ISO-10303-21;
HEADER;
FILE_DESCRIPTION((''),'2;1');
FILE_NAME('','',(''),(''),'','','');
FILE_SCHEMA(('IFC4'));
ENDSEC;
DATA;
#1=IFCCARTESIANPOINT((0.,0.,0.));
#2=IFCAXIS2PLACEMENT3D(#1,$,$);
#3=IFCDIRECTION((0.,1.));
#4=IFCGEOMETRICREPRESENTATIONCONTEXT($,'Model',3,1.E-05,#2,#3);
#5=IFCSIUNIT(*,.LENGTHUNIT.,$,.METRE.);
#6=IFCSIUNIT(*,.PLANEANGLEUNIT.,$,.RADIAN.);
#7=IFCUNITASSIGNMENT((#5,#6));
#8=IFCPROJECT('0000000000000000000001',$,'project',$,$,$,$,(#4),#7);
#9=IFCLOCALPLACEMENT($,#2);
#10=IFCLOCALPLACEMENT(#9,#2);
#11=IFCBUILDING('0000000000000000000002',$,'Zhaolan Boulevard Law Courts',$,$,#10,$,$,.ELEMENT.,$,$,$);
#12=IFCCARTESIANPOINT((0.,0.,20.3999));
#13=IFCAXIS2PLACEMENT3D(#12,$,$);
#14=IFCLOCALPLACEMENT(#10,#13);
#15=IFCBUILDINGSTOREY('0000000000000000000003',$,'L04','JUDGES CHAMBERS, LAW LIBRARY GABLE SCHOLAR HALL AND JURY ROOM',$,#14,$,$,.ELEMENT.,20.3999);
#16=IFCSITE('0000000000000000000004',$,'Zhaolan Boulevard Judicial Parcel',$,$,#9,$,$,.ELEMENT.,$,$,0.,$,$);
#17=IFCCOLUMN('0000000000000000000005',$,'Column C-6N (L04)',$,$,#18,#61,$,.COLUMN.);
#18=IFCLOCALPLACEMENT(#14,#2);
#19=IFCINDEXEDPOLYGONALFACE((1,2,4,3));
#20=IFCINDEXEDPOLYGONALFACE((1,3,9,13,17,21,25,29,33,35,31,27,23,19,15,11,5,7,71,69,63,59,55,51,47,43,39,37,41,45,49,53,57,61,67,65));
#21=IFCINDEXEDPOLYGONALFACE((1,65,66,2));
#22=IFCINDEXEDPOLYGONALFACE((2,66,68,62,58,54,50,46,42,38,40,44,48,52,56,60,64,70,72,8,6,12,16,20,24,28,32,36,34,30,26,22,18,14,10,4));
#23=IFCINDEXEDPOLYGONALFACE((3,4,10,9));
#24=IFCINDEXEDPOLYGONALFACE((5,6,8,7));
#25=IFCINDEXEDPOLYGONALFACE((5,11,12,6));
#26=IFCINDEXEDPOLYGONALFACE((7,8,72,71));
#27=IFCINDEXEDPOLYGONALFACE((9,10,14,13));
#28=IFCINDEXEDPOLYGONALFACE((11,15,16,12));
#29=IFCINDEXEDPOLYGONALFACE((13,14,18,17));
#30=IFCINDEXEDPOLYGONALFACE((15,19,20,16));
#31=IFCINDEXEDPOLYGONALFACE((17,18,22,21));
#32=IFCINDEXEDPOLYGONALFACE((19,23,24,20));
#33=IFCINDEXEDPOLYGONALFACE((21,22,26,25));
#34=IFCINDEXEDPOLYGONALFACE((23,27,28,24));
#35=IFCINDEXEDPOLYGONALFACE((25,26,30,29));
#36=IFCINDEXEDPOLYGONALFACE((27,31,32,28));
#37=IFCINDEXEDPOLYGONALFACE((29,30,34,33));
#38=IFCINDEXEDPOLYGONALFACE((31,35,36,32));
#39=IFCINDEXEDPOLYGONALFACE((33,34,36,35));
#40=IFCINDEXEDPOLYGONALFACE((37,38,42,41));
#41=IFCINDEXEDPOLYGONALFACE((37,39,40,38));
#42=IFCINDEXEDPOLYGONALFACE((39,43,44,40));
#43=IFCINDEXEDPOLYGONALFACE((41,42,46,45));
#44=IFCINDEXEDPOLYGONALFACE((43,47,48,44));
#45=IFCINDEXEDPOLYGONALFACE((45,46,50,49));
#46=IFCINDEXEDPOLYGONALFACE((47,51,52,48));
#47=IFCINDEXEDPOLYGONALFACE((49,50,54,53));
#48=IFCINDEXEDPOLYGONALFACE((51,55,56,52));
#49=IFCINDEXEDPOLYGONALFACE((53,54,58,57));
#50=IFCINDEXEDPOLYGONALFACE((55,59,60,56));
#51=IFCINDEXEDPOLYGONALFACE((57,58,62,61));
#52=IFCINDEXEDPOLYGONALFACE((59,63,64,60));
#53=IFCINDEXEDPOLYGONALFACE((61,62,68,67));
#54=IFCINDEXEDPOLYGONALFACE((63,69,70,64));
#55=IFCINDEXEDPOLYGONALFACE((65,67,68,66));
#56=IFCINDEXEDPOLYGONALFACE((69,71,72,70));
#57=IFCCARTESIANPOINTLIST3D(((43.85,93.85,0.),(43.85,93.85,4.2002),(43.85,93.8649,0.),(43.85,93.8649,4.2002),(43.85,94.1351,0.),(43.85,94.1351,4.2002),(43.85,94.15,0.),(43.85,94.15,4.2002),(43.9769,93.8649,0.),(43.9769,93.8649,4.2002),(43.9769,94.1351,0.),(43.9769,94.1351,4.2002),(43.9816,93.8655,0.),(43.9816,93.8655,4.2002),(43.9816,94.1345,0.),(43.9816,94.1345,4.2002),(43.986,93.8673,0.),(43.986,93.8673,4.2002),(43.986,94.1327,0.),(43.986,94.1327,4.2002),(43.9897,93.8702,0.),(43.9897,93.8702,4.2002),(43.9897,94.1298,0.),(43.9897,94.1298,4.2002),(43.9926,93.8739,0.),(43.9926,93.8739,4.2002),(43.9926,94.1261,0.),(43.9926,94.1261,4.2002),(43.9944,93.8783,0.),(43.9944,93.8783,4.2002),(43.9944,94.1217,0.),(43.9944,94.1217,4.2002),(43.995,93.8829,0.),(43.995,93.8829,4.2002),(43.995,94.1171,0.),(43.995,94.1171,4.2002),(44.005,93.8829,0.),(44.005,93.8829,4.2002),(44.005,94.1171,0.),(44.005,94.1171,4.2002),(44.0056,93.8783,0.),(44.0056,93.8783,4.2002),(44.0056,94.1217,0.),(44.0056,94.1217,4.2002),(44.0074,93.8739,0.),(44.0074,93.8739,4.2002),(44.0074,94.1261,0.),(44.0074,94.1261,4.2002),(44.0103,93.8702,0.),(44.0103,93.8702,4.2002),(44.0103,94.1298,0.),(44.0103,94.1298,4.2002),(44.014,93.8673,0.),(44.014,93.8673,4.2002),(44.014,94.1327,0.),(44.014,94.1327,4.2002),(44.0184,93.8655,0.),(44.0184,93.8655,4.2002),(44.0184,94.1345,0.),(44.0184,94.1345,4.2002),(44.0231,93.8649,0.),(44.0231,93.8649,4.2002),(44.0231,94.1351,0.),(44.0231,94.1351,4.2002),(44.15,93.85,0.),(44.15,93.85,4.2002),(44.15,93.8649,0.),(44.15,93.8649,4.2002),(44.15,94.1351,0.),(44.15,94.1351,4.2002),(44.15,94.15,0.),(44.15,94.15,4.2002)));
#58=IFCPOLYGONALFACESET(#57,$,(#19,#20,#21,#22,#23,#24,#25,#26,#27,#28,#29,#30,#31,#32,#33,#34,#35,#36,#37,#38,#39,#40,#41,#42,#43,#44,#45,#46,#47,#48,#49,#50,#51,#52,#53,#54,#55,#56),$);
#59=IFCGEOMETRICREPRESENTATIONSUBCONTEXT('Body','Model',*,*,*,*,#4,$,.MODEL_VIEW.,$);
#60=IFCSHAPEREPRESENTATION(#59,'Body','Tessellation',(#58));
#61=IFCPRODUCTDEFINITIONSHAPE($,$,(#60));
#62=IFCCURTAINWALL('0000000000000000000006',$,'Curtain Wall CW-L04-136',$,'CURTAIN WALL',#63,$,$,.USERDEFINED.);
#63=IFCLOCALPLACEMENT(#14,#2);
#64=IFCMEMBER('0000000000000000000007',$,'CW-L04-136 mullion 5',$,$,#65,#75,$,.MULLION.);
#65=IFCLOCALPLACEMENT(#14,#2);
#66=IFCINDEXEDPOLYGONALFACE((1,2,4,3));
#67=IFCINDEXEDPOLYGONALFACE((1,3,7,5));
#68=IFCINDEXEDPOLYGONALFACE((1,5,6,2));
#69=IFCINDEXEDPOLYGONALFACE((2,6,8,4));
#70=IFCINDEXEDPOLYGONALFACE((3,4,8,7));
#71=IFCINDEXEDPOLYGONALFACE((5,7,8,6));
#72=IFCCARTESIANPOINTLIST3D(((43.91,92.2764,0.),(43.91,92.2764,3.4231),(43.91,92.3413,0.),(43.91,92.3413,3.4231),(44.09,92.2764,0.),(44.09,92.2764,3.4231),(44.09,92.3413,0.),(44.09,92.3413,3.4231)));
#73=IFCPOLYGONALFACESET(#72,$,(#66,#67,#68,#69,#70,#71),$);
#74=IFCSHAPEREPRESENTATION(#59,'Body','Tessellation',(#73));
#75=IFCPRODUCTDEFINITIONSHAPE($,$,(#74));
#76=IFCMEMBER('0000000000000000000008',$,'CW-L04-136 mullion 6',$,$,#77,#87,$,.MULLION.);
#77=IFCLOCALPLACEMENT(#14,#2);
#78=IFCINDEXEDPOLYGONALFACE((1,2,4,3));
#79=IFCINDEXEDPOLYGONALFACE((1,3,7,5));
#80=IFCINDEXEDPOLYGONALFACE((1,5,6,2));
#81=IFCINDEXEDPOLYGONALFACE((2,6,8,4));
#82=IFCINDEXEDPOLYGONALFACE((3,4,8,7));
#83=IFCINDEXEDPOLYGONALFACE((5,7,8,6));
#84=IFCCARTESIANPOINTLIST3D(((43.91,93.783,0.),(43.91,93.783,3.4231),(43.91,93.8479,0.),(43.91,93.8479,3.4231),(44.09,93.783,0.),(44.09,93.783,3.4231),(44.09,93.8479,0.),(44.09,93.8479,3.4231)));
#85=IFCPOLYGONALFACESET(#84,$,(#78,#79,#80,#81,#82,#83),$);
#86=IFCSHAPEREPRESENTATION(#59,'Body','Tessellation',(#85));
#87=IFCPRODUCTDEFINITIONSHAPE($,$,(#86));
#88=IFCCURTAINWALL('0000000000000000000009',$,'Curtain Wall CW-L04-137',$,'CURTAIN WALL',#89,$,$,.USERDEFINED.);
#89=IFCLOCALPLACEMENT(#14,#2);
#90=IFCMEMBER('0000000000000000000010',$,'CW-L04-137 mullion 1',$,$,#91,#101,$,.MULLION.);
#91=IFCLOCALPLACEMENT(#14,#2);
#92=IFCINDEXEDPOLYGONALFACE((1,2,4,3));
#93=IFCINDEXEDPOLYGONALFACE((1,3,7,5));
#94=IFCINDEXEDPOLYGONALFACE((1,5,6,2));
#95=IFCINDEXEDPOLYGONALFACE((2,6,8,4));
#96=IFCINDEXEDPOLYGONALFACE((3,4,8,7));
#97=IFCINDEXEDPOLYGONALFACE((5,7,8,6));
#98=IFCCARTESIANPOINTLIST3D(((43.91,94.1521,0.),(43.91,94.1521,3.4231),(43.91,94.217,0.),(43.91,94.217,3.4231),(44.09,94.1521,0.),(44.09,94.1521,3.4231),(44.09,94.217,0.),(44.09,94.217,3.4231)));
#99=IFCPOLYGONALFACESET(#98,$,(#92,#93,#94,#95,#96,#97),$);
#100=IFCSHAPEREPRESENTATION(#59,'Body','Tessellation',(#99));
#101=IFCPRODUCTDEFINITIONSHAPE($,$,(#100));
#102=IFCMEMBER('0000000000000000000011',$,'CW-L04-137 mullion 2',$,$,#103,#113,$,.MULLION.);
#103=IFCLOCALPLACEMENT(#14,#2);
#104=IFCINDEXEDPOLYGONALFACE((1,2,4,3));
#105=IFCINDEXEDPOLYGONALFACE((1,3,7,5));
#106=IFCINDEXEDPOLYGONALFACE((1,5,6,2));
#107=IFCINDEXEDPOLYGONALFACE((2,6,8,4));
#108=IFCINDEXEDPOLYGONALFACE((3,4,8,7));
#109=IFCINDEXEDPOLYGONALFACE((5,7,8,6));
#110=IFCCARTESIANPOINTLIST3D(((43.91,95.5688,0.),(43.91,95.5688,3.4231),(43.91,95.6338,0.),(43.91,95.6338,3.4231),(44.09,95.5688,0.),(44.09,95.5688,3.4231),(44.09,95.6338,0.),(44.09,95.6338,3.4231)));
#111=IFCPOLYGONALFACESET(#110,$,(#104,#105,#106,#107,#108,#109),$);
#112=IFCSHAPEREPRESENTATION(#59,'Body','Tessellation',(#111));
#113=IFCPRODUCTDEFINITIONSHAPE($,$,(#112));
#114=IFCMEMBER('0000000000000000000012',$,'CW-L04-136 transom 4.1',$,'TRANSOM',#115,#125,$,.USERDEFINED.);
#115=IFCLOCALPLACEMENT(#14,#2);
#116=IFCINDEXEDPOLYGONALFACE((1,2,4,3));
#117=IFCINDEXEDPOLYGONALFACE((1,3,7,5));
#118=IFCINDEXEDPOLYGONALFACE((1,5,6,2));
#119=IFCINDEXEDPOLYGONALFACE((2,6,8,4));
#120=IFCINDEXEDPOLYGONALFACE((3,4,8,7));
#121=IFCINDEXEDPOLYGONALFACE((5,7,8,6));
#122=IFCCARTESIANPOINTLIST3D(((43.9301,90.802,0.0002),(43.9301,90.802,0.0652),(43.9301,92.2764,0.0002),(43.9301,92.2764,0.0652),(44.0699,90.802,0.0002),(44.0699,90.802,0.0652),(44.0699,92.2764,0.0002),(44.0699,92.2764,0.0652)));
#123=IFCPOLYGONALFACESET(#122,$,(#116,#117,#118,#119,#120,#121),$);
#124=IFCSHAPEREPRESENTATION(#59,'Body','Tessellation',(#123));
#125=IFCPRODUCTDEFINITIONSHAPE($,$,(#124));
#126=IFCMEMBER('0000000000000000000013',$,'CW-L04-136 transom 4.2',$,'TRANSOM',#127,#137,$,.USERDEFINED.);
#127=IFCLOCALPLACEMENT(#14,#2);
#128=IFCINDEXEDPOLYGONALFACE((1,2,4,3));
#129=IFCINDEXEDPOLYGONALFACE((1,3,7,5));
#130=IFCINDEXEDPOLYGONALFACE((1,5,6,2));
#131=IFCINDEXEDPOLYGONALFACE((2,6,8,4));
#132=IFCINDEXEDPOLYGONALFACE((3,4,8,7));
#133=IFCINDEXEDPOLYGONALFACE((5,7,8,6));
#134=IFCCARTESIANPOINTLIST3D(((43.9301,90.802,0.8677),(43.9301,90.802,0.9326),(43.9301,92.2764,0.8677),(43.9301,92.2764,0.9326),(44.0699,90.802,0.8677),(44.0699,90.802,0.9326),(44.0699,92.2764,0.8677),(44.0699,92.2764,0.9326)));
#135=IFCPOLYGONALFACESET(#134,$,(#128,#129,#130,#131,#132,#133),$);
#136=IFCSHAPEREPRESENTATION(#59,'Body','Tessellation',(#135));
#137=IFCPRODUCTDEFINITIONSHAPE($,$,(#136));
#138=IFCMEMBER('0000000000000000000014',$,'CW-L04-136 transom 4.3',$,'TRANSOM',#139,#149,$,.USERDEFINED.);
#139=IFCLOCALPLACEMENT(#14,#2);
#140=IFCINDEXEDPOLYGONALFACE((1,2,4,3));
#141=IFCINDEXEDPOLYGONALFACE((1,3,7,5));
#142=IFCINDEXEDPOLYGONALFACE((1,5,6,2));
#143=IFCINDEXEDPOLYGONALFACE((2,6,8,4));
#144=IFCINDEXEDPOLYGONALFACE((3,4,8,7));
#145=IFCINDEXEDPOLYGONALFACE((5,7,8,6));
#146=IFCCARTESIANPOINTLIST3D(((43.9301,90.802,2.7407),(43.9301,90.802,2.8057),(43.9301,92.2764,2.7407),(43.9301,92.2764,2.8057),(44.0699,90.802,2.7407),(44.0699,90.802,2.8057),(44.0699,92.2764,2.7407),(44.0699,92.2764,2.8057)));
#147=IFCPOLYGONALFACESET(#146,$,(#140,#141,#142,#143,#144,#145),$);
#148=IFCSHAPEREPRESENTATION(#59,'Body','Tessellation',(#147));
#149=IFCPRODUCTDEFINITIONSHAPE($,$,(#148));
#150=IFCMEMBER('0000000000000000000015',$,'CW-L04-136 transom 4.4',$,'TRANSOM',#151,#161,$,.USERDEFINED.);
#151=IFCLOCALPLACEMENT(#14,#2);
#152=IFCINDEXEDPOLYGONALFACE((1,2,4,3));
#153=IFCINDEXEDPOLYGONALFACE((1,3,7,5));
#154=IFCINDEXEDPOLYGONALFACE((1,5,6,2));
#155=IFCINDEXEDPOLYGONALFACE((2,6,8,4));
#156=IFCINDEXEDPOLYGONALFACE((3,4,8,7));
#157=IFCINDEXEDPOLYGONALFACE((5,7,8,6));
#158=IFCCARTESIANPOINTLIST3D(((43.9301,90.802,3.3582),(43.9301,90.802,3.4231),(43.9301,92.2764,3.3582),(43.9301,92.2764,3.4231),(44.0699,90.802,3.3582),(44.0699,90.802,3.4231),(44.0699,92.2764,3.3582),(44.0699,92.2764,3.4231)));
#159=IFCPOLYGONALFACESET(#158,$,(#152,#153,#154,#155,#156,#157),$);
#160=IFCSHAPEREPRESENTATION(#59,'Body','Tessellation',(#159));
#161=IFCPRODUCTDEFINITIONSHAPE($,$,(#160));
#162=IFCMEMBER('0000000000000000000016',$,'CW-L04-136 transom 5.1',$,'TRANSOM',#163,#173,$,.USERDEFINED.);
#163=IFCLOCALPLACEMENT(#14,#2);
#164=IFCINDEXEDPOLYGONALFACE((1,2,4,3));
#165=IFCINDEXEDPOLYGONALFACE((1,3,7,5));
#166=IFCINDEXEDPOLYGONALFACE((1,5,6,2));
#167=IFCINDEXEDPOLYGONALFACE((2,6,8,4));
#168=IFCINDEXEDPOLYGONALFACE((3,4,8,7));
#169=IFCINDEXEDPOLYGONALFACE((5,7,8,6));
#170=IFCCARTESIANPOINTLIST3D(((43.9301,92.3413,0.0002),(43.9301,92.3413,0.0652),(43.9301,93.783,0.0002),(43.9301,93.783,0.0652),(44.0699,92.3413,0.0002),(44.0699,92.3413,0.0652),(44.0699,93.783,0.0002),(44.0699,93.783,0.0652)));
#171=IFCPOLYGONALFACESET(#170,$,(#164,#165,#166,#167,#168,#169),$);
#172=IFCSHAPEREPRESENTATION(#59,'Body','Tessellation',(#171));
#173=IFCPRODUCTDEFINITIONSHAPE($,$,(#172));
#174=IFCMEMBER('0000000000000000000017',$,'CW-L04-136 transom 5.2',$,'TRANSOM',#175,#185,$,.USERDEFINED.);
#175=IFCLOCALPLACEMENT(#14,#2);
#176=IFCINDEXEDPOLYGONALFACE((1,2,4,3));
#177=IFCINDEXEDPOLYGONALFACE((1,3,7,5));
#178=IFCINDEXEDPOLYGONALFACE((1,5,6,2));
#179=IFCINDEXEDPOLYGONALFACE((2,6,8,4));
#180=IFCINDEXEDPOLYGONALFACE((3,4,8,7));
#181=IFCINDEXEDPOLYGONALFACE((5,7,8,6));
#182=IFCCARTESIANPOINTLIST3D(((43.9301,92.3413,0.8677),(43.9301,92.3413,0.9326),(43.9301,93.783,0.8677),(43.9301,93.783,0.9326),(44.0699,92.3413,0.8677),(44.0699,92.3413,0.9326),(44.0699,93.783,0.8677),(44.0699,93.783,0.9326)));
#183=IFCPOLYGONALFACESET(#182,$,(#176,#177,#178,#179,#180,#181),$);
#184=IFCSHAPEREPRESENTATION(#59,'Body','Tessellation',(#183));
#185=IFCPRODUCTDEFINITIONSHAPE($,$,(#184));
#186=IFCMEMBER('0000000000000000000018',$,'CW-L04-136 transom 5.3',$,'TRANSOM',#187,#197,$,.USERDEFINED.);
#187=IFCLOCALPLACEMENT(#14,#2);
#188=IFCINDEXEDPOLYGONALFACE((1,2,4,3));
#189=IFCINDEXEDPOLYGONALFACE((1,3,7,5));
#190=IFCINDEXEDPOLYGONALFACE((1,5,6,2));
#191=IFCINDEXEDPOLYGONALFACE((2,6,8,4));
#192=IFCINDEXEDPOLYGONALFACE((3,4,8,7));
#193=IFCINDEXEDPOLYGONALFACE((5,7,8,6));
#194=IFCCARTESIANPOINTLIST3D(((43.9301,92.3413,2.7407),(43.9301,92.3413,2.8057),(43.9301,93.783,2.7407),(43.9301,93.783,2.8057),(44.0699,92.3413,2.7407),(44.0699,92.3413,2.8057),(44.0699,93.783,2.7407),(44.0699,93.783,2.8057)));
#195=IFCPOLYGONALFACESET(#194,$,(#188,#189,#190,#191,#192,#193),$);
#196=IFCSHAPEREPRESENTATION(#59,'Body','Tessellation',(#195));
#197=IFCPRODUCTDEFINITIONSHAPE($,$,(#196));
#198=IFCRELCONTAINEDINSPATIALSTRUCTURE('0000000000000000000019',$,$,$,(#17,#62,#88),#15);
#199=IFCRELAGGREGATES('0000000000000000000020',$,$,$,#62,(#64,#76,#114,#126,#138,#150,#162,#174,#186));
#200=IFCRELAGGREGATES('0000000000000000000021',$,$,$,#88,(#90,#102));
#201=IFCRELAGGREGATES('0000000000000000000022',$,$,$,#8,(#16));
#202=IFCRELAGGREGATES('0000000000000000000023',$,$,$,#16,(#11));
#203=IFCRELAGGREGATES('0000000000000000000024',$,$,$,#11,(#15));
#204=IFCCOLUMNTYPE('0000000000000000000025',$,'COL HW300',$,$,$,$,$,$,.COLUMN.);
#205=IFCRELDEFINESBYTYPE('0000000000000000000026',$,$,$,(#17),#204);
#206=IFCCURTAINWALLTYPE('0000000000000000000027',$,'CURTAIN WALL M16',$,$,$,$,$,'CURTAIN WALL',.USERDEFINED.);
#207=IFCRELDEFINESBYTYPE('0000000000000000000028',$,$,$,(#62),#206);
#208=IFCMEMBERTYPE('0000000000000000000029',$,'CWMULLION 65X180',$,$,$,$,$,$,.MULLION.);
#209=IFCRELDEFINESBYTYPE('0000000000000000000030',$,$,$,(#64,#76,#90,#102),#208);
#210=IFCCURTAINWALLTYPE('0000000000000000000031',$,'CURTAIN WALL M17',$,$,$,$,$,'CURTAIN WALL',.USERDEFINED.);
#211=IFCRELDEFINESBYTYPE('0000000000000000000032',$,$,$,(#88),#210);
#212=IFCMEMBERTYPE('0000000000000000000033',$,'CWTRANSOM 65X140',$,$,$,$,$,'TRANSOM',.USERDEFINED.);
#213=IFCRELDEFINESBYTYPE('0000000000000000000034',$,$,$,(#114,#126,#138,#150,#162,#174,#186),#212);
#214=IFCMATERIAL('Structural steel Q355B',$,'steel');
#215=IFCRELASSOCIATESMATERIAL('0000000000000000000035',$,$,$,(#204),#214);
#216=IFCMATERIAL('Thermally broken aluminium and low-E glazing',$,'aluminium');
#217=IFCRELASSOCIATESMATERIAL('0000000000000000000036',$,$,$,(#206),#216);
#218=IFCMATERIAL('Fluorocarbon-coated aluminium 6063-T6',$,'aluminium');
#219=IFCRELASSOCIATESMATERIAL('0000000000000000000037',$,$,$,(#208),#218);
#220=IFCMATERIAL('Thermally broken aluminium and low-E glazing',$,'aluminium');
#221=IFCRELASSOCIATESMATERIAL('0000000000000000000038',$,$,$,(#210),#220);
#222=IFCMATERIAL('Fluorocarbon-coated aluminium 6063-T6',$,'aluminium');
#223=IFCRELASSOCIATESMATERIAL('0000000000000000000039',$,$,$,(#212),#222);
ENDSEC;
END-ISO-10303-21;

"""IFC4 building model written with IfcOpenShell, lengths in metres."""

from ifc_helpers import new_model, si_unit, direction, frame, origin, origin_2d, place, context, subcontext, project, spatial, rectangle, i_section, extrude, material, material_profile, profile_set, type_object, element, aggregate, save


model = new_model("IFC4")

# Units and contexts
model_context = context("Model", 3, precision=1e-05, world=origin(), true_north=direction((0.0, 1.0)))
body_context = subcontext(model_context, "Body", "Model", "MODEL_VIEW")
ifc_project = project(units=[si_unit("LENGTHUNIT", "METRE"), si_unit("PLANEANGLEUNIT", "RADIAN")], contexts=[model_context])

# Site, building, storey
site_placement = place(None, origin())
site = spatial("IfcSite", under=ifc_project, at=site_placement, Name="Zhaolan Boulevard Judicial Parcel", CompositionType="ELEMENT", RefElevation=0.0)
building_placement = place(site_placement, origin())
building = spatial("IfcBuilding", under=site, at=building_placement, Name="Zhaolan Boulevard Law Courts", CompositionType="ELEMENT")
storey_placement = place(building_placement, frame((0.0, 0.0, 20.3999)))
storey = spatial("IfcBuildingStorey", under=building, at=storey_placement, Name="L04", Description="JUDGES CHAMBERS, LAW LIBRARY GABLE SCHOLAR HALL AND JURY ROOM", CompositionType="ELEMENT", Elevation=20.3999)

# Column
ifc_material_1 = material(Name="Structural steel Q355B", Category="steel")
ifc_material_profile_1 = material_profile(ifc_material_1, i_section(OverallWidth=0.3, OverallDepth=0.3, WebThickness=0.01, FlangeThickness=0.0149, FilletRadius=0.0181, at=origin_2d()), Name="HW300x300")
ifc_profile_set_1 = profile_set([ifc_material_profile_1], Name="Structural steel Q355B")
column_type = type_object("IfcColumnType", Name="COL HW300", PredefinedType="COLUMN", material=ifc_profile_set_1)
column_placement = place(storey_placement, frame((44.0, 94.0, 0.0), z_axis=(0.0, 0.0, 1.0), x_axis=(1.0, 0.0, 0.0)))
element("IfcColumn", 1, at=column_placement, inside=storey, type_object=column_type, Name="Column C-6N (L04)", PredefinedType="COLUMN", context=body_context, shape_type="SweptSolid", body=[
    extrude(i_section(OverallWidth=0.3, OverallDepth=0.3, WebThickness=0.01, FlangeThickness=0.0149, FilletRadius=0.0181, at=origin_2d()), origin(), (0.0, 0.0, 1.0), 4.2002),
])

# Curtain walls, members
ifc_material_2 = material(Name="Thermally broken aluminium and low-E glazing", Category="aluminium")
curtain_wall_type_1 = type_object("IfcCurtainWallType", Name="CURTAIN WALL M16", ElementType="CURTAIN WALL", PredefinedType="USERDEFINED", material=ifc_material_2)
curtain_wall_1_placement = place(storey_placement, origin())
curtain_wall_1 = element("IfcCurtainWall", 2, at=curtain_wall_1_placement, inside=storey, type_object=curtain_wall_type_1, Name="Curtain Wall CW-L04-136", ObjectType="CURTAIN WALL", PredefinedType="USERDEFINED")
ifc_material_3 = material(Name="Fluorocarbon-coated aluminium 6063-T6", Category="aluminium")
ifc_material_profile_2 = material_profile(ifc_material_3, rectangle(XDim=0.1799, YDim=0.0649, at=origin_2d()), Name="AL65x180")
ifc_profile_set_2 = profile_set([ifc_material_profile_2], Name="Fluorocarbon-coated aluminium 6063-T6")
member_type_1 = type_object("IfcMemberType", Name="CWMULLION 65X180", PredefinedType="MULLION", material=ifc_profile_set_2)
member_1_placement = place(storey_placement, frame((44.0, 92.3088, 0.0), z_axis=(0.0, 0.0, 1.0), x_axis=(-1.0, 0.0, 0.0)))
member_1 = element("IfcMember", 3, at=member_1_placement, type_object=member_type_1, Name="CW-L04-136 mullion 5", PredefinedType="MULLION", context=body_context, shape_type="SweptSolid", body=[
    extrude(rectangle(XDim=0.1799, YDim=0.0649, at=origin_2d()), origin(), (0.0, 0.0, 1.0), 3.4231),
])
member_2_placement = place(storey_placement, frame((44.0, 93.8154, 0.0), z_axis=(0.0, 0.0, 1.0), x_axis=(-1.0, 0.0, 0.0)))
member_2 = element("IfcMember", 4, at=member_2_placement, type_object=member_type_1, Name="CW-L04-136 mullion 6", PredefinedType="MULLION", context=body_context, shape_type="SweptSolid", body=[
    extrude(rectangle(XDim=0.1799, YDim=0.0649, at=origin_2d()), origin(), (0.0, 0.0, 1.0), 3.4231),
])
ifc_material_4 = material(Name="Thermally broken aluminium and low-E glazing", Category="aluminium")
curtain_wall_type_2 = type_object("IfcCurtainWallType", Name="CURTAIN WALL M17", ElementType="CURTAIN WALL", PredefinedType="USERDEFINED", material=ifc_material_4)
curtain_wall_2_placement = place(storey_placement, origin())
curtain_wall_2 = element("IfcCurtainWall", 5, at=curtain_wall_2_placement, inside=storey, type_object=curtain_wall_type_2, Name="Curtain Wall CW-L04-137", ObjectType="CURTAIN WALL", PredefinedType="USERDEFINED")
member_3_placement = place(storey_placement, frame((44.0, 94.1846, 0.0), z_axis=(0.0, 0.0, 1.0), x_axis=(-1.0, 0.0, 0.0)))
member_3 = element("IfcMember", 6, at=member_3_placement, type_object=member_type_1, Name="CW-L04-137 mullion 1", PredefinedType="MULLION", context=body_context, shape_type="SweptSolid", body=[
    extrude(rectangle(XDim=0.1799, YDim=0.0649, at=origin_2d()), origin(), (0.0, 0.0, 1.0), 3.4231),
])
member_4_placement = place(storey_placement, frame((44.0, 95.6013, 0.0), z_axis=(0.0, 0.0, 1.0), x_axis=(-1.0, 0.0, 0.0)))
member_4 = element("IfcMember", 7, at=member_4_placement, type_object=member_type_1, Name="CW-L04-137 mullion 2", PredefinedType="MULLION", context=body_context, shape_type="SweptSolid", body=[
    extrude(rectangle(XDim=0.1799, YDim=0.0649, at=origin_2d()), origin(), (0.0, 0.0, 1.0), 3.4231),
])

# Members
ifc_material_5 = material(Name="Fluorocarbon-coated aluminium 6063-T6", Category="aluminium")
ifc_material_profile_3 = material_profile(ifc_material_5, rectangle(XDim=0.1399, YDim=0.0649, at=origin_2d()), Name="AL65x140")
ifc_profile_set_3 = profile_set([ifc_material_profile_3], Name="Fluorocarbon-coated aluminium 6063-T6")
member_type_2 = type_object("IfcMemberType", Name="CWTRANSOM 65X140", ElementType="TRANSOM", PredefinedType="USERDEFINED", material=ifc_profile_set_3)
member_5_placement = place(storey_placement, frame((44.0, 90.802, 0.0327), z_axis=(0.0, 1.0, 0.0), x_axis=(-1.0, 0.0, 0.0)))
member_5 = element("IfcMember", 8, at=member_5_placement, type_object=member_type_2, Name="CW-L04-136 transom 4.1", ObjectType="TRANSOM", PredefinedType="USERDEFINED", context=body_context, shape_type="SweptSolid", body=[
    extrude(rectangle(XDim=0.1399, YDim=0.0649, at=origin_2d()), origin(), (0.0, 0.0, 1.0), 1.4744),
])
member_6_placement = place(storey_placement, frame((44.0, 90.802, 0.9001), z_axis=(0.0, 1.0, 0.0), x_axis=(-1.0, 0.0, 0.0)))
member_6 = element("IfcMember", 9, at=member_6_placement, type_object=member_type_2, Name="CW-L04-136 transom 4.2", ObjectType="TRANSOM", PredefinedType="USERDEFINED", context=body_context, shape_type="SweptSolid", body=[
    extrude(rectangle(XDim=0.1399, YDim=0.0649, at=origin_2d()), origin(), (0.0, 0.0, 1.0), 1.4744),
])
member_7_placement = place(storey_placement, frame((44.0, 90.802, 2.7732), z_axis=(0.0, 1.0, 0.0), x_axis=(-1.0, 0.0, 0.0)))
member_7 = element("IfcMember", 10, at=member_7_placement, type_object=member_type_2, Name="CW-L04-136 transom 4.3", ObjectType="TRANSOM", PredefinedType="USERDEFINED", context=body_context, shape_type="SweptSolid", body=[
    extrude(rectangle(XDim=0.1399, YDim=0.0649, at=origin_2d()), origin(), (0.0, 0.0, 1.0), 1.4744),
])
member_8_placement = place(storey_placement, frame((44.0, 90.802, 3.3906), z_axis=(0.0, 1.0, 0.0), x_axis=(-1.0, 0.0, 0.0)))
member_8 = element("IfcMember", 11, at=member_8_placement, type_object=member_type_2, Name="CW-L04-136 transom 4.4", ObjectType="TRANSOM", PredefinedType="USERDEFINED", context=body_context, shape_type="SweptSolid", body=[
    extrude(rectangle(XDim=0.1399, YDim=0.0649, at=origin_2d()), origin(), (0.0, 0.0, 1.0), 1.4744),
])
member_9_placement = place(storey_placement, frame((44.0, 92.3413, 0.0327), z_axis=(0.0, 1.0, 0.0), x_axis=(-1.0, 0.0, 0.0)))
member_9 = element("IfcMember", 12, at=member_9_placement, type_object=member_type_2, Name="CW-L04-136 transom 5.1", ObjectType="TRANSOM", PredefinedType="USERDEFINED", context=body_context, shape_type="SweptSolid", body=[
    extrude(rectangle(XDim=0.1399, YDim=0.0649, at=origin_2d()), origin(), (0.0, 0.0, 1.0), 1.4417),
])
member_10_placement = place(storey_placement, frame((44.0, 92.3413, 0.9001), z_axis=(0.0, 1.0, 0.0), x_axis=(-1.0, 0.0, 0.0)))
member_10 = element("IfcMember", 13, at=member_10_placement, type_object=member_type_2, Name="CW-L04-136 transom 5.2", ObjectType="TRANSOM", PredefinedType="USERDEFINED", context=body_context, shape_type="SweptSolid", body=[
    extrude(rectangle(XDim=0.1399, YDim=0.0649, at=origin_2d()), origin(), (0.0, 0.0, 1.0), 1.4417),
])
member_11_placement = place(storey_placement, frame((44.0, 92.3413, 2.7732), z_axis=(0.0, 1.0, 0.0), x_axis=(-1.0, 0.0, 0.0)))
member_11 = element("IfcMember", 14, at=member_11_placement, type_object=member_type_2, Name="CW-L04-136 transom 5.3", ObjectType="TRANSOM", PredefinedType="USERDEFINED", context=body_context, shape_type="SweptSolid", body=[
    extrude(rectangle(XDim=0.1399, YDim=0.0649, at=origin_2d()), origin(), (0.0, 0.0, 1.0), 1.4417),
])

aggregate(curtain_wall_1, [member_1, member_2, member_5, member_6, member_7, member_8, member_9, member_10, member_11])
aggregate(curtain_wall_2, [member_3, member_4])

save(model, "model.ifc")
